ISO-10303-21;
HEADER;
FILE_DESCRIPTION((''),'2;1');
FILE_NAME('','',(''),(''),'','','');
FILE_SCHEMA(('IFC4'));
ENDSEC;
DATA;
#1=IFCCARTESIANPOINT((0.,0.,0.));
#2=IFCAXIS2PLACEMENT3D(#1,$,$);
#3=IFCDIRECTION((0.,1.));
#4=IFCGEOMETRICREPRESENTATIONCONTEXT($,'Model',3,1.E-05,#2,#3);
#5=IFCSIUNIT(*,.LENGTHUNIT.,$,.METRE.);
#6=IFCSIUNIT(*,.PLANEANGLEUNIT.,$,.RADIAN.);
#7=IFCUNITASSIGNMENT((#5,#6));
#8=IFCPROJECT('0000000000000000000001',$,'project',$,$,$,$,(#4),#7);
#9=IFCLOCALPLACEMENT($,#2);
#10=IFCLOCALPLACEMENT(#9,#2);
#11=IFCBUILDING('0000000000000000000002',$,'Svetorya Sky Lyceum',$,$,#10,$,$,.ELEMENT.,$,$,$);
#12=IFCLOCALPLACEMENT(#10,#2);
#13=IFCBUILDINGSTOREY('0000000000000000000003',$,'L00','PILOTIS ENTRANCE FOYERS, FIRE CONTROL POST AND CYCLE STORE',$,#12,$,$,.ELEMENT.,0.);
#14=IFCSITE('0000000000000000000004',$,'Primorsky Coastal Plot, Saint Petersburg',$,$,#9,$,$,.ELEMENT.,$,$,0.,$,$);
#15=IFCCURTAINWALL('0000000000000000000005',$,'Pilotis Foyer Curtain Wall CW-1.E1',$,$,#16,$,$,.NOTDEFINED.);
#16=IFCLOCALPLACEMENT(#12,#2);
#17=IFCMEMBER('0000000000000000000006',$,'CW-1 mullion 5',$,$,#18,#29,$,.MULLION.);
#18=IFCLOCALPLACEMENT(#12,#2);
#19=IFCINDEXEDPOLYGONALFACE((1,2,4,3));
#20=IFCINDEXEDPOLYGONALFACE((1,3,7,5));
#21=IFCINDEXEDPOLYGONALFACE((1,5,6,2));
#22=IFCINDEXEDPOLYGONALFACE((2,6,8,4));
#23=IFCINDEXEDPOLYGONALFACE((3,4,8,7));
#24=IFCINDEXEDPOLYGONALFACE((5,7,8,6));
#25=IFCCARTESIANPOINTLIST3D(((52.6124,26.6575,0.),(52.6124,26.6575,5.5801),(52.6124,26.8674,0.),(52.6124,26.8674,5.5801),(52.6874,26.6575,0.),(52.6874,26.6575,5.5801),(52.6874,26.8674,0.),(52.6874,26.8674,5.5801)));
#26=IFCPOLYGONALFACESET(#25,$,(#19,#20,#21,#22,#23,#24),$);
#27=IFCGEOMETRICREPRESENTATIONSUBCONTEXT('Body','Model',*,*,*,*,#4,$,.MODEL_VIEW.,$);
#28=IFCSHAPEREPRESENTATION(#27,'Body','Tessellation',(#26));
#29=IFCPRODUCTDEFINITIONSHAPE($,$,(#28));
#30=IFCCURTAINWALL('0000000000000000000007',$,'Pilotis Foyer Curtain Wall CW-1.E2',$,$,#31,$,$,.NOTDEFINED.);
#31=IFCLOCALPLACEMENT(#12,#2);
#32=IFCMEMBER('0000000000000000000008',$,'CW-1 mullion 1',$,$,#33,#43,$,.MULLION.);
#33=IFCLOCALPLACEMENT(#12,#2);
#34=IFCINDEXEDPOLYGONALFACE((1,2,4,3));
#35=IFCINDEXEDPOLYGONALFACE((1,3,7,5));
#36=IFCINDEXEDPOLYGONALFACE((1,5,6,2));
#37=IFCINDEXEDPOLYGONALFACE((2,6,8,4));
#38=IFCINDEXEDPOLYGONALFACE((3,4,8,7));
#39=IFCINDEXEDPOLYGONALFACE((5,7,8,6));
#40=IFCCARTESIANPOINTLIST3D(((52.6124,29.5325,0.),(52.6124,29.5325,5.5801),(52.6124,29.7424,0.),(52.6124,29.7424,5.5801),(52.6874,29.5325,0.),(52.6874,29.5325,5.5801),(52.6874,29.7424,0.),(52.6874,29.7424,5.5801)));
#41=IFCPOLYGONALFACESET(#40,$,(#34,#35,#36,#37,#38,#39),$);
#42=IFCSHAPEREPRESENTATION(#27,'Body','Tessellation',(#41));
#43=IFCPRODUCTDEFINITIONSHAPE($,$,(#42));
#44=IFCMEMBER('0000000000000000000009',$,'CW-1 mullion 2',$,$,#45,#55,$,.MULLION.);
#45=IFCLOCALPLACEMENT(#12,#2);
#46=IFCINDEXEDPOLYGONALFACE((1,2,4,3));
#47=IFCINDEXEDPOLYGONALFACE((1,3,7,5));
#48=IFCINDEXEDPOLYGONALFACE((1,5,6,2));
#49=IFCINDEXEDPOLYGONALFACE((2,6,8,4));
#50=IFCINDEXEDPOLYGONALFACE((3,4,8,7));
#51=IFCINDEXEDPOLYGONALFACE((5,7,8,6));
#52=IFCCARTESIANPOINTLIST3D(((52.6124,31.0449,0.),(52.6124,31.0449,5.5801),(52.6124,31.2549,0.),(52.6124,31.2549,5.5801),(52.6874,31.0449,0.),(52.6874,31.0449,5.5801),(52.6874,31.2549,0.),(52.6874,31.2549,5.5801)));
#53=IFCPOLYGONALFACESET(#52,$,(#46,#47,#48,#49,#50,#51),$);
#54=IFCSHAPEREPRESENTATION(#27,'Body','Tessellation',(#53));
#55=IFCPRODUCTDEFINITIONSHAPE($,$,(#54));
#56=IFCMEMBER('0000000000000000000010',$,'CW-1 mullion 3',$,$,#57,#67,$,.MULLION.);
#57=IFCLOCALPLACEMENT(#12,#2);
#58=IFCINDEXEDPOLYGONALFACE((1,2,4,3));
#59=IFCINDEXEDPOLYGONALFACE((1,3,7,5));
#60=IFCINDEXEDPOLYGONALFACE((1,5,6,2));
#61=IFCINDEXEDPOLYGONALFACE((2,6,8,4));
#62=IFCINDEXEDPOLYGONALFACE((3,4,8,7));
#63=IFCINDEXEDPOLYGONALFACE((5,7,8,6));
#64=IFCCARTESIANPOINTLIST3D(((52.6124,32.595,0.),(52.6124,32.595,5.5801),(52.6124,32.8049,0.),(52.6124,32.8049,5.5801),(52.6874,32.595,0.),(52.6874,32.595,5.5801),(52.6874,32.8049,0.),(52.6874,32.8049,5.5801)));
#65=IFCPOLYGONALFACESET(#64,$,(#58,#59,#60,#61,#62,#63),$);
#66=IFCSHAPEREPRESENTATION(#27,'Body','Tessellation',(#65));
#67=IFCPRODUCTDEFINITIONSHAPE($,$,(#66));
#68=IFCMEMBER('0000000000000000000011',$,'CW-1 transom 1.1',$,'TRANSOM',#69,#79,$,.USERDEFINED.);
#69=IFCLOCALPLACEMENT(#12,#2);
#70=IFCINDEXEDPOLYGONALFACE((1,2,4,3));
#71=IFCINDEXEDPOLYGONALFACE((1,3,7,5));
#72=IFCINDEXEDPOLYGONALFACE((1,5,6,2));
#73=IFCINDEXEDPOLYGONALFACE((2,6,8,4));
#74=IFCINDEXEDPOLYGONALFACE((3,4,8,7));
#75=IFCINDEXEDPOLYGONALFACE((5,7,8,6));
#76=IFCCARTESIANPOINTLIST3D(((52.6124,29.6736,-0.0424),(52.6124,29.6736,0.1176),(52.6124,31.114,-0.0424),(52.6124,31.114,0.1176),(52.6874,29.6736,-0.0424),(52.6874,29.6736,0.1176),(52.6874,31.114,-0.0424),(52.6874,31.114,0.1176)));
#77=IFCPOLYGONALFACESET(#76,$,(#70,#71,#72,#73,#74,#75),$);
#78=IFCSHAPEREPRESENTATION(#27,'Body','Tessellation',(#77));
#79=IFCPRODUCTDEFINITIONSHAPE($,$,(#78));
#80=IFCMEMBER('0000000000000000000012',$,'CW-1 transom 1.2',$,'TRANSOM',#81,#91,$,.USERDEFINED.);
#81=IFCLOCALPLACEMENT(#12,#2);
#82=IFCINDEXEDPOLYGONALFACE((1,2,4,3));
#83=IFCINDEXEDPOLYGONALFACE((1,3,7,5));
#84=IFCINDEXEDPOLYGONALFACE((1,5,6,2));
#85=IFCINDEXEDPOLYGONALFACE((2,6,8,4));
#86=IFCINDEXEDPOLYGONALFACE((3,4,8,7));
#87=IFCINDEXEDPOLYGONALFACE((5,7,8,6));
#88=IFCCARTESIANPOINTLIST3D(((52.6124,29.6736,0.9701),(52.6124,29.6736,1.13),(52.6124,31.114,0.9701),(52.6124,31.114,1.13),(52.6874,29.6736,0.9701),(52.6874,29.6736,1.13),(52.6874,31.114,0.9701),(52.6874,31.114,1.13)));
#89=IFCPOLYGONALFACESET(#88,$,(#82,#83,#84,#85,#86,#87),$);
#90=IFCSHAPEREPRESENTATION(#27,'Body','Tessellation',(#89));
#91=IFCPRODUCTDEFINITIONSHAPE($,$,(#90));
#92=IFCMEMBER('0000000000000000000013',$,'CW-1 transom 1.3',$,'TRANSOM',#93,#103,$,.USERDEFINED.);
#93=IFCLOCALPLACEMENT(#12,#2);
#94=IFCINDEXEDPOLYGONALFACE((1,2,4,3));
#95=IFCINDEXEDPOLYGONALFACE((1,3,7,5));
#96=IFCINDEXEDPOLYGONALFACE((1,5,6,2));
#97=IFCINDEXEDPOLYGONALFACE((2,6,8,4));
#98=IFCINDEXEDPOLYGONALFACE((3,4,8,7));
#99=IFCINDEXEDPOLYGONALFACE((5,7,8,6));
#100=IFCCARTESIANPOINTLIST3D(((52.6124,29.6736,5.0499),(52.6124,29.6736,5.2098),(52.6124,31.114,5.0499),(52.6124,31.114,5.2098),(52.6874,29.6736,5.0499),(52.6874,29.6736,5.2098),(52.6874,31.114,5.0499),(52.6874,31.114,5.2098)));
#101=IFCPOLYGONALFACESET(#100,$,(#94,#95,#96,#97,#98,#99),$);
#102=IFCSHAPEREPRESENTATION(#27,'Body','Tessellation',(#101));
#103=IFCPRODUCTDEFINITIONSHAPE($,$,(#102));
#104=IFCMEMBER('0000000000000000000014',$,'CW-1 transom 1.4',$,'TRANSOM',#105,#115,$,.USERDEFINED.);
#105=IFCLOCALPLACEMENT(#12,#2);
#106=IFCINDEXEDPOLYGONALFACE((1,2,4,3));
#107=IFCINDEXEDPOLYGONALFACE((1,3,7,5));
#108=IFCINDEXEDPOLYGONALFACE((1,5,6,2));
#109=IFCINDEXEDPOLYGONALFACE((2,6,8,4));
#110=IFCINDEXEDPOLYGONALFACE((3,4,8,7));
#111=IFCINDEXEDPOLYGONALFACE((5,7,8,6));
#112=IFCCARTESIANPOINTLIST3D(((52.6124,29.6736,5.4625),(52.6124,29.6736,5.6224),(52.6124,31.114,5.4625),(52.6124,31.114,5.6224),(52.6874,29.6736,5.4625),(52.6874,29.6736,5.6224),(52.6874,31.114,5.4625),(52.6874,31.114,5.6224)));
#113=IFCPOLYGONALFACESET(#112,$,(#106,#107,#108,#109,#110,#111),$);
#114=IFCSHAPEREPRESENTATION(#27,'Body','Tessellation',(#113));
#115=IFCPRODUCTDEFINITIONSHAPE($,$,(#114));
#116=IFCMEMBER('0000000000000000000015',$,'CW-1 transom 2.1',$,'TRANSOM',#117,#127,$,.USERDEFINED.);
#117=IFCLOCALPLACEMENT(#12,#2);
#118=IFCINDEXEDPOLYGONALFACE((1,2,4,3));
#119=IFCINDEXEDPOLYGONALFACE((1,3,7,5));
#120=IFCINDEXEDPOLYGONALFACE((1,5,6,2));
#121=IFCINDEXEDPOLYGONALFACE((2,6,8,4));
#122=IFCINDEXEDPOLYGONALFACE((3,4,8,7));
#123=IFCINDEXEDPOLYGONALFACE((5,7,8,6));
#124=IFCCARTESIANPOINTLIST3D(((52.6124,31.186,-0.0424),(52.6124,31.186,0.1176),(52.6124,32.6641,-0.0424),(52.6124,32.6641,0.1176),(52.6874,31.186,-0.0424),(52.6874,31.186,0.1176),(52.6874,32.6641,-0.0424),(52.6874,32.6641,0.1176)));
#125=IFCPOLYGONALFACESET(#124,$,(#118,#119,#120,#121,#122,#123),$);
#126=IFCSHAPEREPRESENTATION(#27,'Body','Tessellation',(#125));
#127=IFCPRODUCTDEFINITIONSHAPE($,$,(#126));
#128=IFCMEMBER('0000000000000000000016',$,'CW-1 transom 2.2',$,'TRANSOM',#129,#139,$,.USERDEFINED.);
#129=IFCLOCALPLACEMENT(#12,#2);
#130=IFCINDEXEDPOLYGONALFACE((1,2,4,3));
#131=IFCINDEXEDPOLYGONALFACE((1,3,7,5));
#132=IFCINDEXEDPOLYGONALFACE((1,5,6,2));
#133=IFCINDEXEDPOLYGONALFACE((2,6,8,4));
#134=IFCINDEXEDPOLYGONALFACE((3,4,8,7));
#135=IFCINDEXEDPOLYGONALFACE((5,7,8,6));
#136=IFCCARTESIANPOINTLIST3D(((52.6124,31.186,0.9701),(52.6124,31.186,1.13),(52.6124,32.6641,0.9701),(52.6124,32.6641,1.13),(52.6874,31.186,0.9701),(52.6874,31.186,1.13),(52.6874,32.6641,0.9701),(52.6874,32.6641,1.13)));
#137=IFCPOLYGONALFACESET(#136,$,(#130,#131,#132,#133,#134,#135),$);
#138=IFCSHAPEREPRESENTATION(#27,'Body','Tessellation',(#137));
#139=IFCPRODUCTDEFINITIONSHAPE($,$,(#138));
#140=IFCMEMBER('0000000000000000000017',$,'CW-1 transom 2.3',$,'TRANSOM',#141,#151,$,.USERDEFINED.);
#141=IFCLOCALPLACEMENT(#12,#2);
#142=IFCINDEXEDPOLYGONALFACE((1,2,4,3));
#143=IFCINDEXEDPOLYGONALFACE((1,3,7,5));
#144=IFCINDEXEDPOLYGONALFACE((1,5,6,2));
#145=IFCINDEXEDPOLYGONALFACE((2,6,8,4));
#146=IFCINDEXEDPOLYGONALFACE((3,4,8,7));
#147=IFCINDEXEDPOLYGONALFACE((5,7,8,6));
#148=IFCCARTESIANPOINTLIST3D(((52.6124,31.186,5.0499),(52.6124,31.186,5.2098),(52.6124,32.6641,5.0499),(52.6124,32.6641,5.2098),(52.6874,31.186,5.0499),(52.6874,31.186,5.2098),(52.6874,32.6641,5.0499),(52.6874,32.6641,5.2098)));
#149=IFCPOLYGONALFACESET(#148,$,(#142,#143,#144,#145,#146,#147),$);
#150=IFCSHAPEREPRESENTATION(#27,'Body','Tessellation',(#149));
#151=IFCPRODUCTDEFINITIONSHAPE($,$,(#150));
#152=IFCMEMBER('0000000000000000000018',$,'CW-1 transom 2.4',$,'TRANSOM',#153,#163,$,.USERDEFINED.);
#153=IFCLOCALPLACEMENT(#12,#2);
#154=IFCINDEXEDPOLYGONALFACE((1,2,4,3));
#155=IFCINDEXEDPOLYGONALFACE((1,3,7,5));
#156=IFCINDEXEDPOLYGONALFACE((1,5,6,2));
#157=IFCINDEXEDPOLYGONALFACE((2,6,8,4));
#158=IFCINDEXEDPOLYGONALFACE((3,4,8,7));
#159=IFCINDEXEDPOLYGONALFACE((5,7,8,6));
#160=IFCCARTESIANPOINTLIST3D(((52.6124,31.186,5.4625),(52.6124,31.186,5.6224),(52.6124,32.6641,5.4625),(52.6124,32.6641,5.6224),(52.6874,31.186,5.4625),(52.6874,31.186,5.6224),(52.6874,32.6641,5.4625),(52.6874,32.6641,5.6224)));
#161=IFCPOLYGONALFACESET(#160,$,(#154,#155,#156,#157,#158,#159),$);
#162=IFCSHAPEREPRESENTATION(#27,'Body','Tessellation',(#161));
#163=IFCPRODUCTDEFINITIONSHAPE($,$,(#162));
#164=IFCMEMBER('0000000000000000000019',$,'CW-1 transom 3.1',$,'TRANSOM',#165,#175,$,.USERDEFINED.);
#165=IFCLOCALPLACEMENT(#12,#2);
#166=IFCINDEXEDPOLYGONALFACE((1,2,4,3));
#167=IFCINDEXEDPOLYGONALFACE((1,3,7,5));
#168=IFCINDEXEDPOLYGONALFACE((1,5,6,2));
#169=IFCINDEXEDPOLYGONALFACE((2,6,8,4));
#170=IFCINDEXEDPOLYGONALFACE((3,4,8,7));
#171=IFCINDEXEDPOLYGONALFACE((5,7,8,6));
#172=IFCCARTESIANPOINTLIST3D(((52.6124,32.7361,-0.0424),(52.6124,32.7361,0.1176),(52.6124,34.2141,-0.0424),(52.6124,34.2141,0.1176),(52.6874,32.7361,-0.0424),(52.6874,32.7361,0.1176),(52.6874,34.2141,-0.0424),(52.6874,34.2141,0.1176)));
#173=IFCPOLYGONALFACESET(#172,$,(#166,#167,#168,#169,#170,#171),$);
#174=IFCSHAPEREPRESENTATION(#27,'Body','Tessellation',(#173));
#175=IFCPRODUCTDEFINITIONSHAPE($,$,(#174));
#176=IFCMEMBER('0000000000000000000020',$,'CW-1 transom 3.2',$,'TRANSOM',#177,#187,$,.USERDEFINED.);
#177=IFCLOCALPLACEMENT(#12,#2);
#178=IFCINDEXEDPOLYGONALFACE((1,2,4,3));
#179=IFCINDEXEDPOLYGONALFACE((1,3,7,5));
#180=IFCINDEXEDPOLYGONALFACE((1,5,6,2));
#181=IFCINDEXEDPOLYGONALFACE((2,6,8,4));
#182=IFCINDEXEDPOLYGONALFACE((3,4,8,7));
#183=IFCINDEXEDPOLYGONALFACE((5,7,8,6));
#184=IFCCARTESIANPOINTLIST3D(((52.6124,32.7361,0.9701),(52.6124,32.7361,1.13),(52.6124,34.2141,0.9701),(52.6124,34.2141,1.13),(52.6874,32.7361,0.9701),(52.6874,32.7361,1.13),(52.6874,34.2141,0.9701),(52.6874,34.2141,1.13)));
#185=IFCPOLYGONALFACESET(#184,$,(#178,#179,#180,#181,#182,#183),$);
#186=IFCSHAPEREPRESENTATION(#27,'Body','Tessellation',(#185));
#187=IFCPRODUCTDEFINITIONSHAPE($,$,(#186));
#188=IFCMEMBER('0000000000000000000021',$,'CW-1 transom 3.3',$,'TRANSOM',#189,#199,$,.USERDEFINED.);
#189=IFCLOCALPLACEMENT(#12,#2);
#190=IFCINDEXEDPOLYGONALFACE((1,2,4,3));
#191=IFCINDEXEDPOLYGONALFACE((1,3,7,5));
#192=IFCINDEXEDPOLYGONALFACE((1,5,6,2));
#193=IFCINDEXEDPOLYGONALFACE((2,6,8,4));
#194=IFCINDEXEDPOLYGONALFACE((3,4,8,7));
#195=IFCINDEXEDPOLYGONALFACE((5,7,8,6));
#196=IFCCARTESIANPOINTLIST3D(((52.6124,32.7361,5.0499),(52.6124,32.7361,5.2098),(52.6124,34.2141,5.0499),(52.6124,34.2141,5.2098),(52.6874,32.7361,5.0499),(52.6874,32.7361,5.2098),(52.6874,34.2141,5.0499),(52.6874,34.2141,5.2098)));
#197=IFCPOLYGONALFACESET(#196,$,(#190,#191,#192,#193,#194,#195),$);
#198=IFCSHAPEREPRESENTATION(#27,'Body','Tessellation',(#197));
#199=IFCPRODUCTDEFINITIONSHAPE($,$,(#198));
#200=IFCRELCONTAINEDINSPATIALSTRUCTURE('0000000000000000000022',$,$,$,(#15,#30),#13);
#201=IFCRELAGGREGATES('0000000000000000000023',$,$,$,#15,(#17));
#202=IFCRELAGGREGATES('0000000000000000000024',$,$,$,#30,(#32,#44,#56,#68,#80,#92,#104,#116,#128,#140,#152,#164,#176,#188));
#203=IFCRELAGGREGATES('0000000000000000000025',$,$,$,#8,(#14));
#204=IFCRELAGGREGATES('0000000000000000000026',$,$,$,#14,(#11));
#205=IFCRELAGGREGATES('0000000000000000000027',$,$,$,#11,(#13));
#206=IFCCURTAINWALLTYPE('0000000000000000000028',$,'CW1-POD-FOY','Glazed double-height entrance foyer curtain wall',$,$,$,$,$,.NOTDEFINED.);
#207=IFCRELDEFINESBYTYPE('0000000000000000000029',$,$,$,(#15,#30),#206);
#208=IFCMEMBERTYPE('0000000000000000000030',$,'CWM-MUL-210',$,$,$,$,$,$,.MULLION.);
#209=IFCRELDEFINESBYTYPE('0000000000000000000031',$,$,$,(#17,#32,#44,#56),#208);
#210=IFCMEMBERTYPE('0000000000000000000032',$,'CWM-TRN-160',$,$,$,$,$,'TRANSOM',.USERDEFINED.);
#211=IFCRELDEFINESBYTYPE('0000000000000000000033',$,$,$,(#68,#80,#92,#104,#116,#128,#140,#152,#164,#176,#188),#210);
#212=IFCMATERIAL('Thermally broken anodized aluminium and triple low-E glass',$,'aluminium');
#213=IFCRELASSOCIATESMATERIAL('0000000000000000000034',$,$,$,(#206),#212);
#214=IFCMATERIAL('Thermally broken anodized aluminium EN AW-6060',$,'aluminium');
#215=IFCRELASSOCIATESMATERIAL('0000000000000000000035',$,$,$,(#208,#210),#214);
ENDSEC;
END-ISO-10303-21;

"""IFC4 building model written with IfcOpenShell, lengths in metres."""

from ifc_helpers import new_model, si_unit, direction, frame, origin, origin_2d, place, context, subcontext, project, spatial, rectangle, extrude, material, material_profile, profile_set, type_object, element, aggregate, save


model = new_model("IFC4")

# Units and contexts
model_context = context("Model", 3, precision=1e-05, world=origin(), true_north=direction((0.0, 1.0)))
body_context = subcontext(model_context, "Body", "Model", "MODEL_VIEW")
ifc_project = project(units=[si_unit("LENGTHUNIT", "METRE"), si_unit("PLANEANGLEUNIT", "RADIAN")], contexts=[model_context])

# Site, building, storey
site_placement = place(None, origin())
site = spatial("IfcSite", under=ifc_project, at=site_placement, Name="Primorsky Coastal Plot, Saint Petersburg", CompositionType="ELEMENT", RefElevation=0.0)
building_placement = place(site_placement, origin())
building = spatial("IfcBuilding", under=site, at=building_placement, Name="Svetorya Sky Lyceum", CompositionType="ELEMENT")
storey_placement = place(building_placement, origin())
storey = spatial("IfcBuildingStorey", under=building, at=storey_placement, Name="L00", Description="PILOTIS ENTRANCE FOYERS, FIRE CONTROL POST AND CYCLE STORE", CompositionType="ELEMENT", Elevation=0.0)

# Curtain wall, member
ifc_material_1 = material(Name="Thermally broken anodized aluminium and triple low-E glass", Category="aluminium")
curtain_wall_type = type_object("IfcCurtainWallType", Name="CW1-POD-FOY", Description="Glazed double-height entrance foyer curtain wall", PredefinedType="NOTDEFINED", material=ifc_material_1)
curtain_wall_1_placement = place(storey_placement, origin())
curtain_wall_1 = element("IfcCurtainWall", 1, at=curtain_wall_1_placement, inside=storey, type_object=curtain_wall_type, Name="Pilotis Foyer Curtain Wall CW-1.E1", PredefinedType="NOTDEFINED")
ifc_material_2 = material(Name="Thermally broken anodized aluminium EN AW-6060", Category="aluminium")
ifc_material_profile_1 = material_profile(ifc_material_2, rectangle(XDim=0.075, YDim=0.21, at=origin_2d()), Name="ALU MULLION 75x210")
ifc_profile_set_1 = profile_set([ifc_material_profile_1], Name="Thermally broken anodized aluminium EN AW-6060")
member_type_1 = type_object("IfcMemberType", Name="CWM-MUL-210", PredefinedType="MULLION", material=ifc_profile_set_1)
member_1_placement = place(storey_placement, frame((52.6499, 26.7625, 0.0), z_axis=(0.0, 0.0, 1.0), x_axis=(-1.0, 0.0, 0.0)))
member_1 = element("IfcMember", 2, at=member_1_placement, type_object=member_type_1, Name="CW-1 mullion 5", PredefinedType="MULLION", context=body_context, shape_type="SweptSolid", body=[
    extrude(rectangle(XDim=0.075, YDim=0.21, at=origin_2d()), origin(), (0.0, 0.0, 1.0), 5.5801),
])

# Curtain wall, members
curtain_wall_2_placement = place(storey_placement, origin())
curtain_wall_2 = element("IfcCurtainWall", 3, at=curtain_wall_2_placement, inside=storey, type_object=curtain_wall_type, Name="Pilotis Foyer Curtain Wall CW-1.E2", PredefinedType="NOTDEFINED")
member_2_placement = place(storey_placement, frame((52.6499, 29.6375, 0.0), z_axis=(0.0, 0.0, 1.0), x_axis=(-1.0, 0.0, 0.0)))
member_2 = element("IfcMember", 4, at=member_2_placement, type_object=member_type_1, Name="CW-1 mullion 1", PredefinedType="MULLION", context=body_context, shape_type="SweptSolid", body=[
    extrude(rectangle(XDim=0.075, YDim=0.21, at=origin_2d()), origin(), (0.0, 0.0, 1.0), 5.5801),
])
member_3_placement = place(storey_placement, frame((52.6499, 31.1499, 0.0), z_axis=(0.0, 0.0, 1.0), x_axis=(-1.0, 0.0, 0.0)))
member_3 = element("IfcMember", 5, at=member_3_placement, type_object=member_type_1, Name="CW-1 mullion 2", PredefinedType="MULLION", context=body_context, shape_type="SweptSolid", body=[
    extrude(rectangle(XDim=0.075, YDim=0.21, at=origin_2d()), origin(), (0.0, 0.0, 1.0), 5.5801),
])
member_4_placement = place(storey_placement, frame((52.6499, 32.7, 0.0), z_axis=(0.0, 0.0, 1.0), x_axis=(-1.0, 0.0, 0.0)))
member_4 = element("IfcMember", 6, at=member_4_placement, type_object=member_type_1, Name="CW-1 mullion 3", PredefinedType="MULLION", context=body_context, shape_type="SweptSolid", body=[
    extrude(rectangle(XDim=0.075, YDim=0.21, at=origin_2d()), origin(), (0.0, 0.0, 1.0), 5.5801),
])
ifc_material_profile_2 = material_profile(ifc_material_2, rectangle(XDim=0.075, YDim=0.1599, at=origin_2d()), Name="ALU TRANSOM 75x160")
ifc_profile_set_2 = profile_set([ifc_material_profile_2], Name="Thermally broken anodized aluminium EN AW-6060")
member_type_2 = type_object("IfcMemberType", Name="CWM-TRN-160", ElementType="TRANSOM", PredefinedType="USERDEFINED", material=ifc_profile_set_2)
member_5_placement = place(storey_placement, frame((52.6499, 29.6736, 0.0376), z_axis=(0.0, 1.0, 0.0), x_axis=(-1.0, 0.0, 0.0)))
member_5 = element("IfcMember", 7, at=member_5_placement, type_object=member_type_2, Name="CW-1 transom 1.1", ObjectType="TRANSOM", PredefinedType="USERDEFINED", context=body_context, shape_type="SweptSolid", body=[
    extrude(rectangle(XDim=0.075, YDim=0.1599, at=origin_2d()), origin(), (0.0, 0.0, 1.0), 1.4404),
])
member_6_placement = place(storey_placement, frame((52.6499, 29.6736, 1.05), z_axis=(0.0, 1.0, 0.0), x_axis=(-1.0, 0.0, 0.0)))
member_6 = element("IfcMember", 8, at=member_6_placement, type_object=member_type_2, Name="CW-1 transom 1.2", ObjectType="TRANSOM", PredefinedType="USERDEFINED", context=body_context, shape_type="SweptSolid", body=[
    extrude(rectangle(XDim=0.075, YDim=0.1599, at=origin_2d()), origin(), (0.0, 0.0, 1.0), 1.4404),
])
member_7_placement = place(storey_placement, frame((52.6499, 29.6736, 5.1299), z_axis=(0.0, 1.0, 0.0), x_axis=(-1.0, 0.0, 0.0)))
member_7 = element("IfcMember", 9, at=member_7_placement, type_object=member_type_2, Name="CW-1 transom 1.3", ObjectType="TRANSOM", PredefinedType="USERDEFINED", context=body_context, shape_type="SweptSolid", body=[
    extrude(rectangle(XDim=0.075, YDim=0.1599, at=origin_2d()), origin(), (0.0, 0.0, 1.0), 1.4404),
])
member_8_placement = place(storey_placement, frame((52.6499, 29.6736, 5.5425), z_axis=(0.0, 1.0, 0.0), x_axis=(-1.0, 0.0, 0.0)))
member_8 = element("IfcMember", 10, at=member_8_placement, type_object=member_type_2, Name="CW-1 transom 1.4", ObjectType="TRANSOM", PredefinedType="USERDEFINED", context=body_context, shape_type="SweptSolid", body=[
    extrude(rectangle(XDim=0.075, YDim=0.1599, at=origin_2d()), origin(), (0.0, 0.0, 1.0), 1.4404),
])
member_9_placement = place(storey_placement, frame((52.6499, 31.186, 0.0376), z_axis=(0.0, 1.0, 0.0), x_axis=(-1.0, 0.0, 0.0)))
member_9 = element("IfcMember", 11, at=member_9_placement, type_object=member_type_2, Name="CW-1 transom 2.1", ObjectType="TRANSOM", PredefinedType="USERDEFINED", context=body_context, shape_type="SweptSolid", body=[
    extrude(rectangle(XDim=0.075, YDim=0.1599, at=origin_2d()), origin(), (0.0, 0.0, 1.0), 1.478),
])
member_10_placement = place(storey_placement, frame((52.6499, 31.186, 1.05), z_axis=(0.0, 1.0, 0.0), x_axis=(-1.0, 0.0, 0.0)))
member_10 = element("IfcMember", 12, at=member_10_placement, type_object=member_type_2, Name="CW-1 transom 2.2", ObjectType="TRANSOM", PredefinedType="USERDEFINED", context=body_context, shape_type="SweptSolid", body=[
    extrude(rectangle(XDim=0.075, YDim=0.1599, at=origin_2d()), origin(), (0.0, 0.0, 1.0), 1.478),
])
member_11_placement = place(storey_placement, frame((52.6499, 31.186, 5.1299), z_axis=(0.0, 1.0, 0.0), x_axis=(-1.0, 0.0, 0.0)))
member_11 = element("IfcMember", 13, at=member_11_placement, type_object=member_type_2, Name="CW-1 transom 2.3", ObjectType="TRANSOM", PredefinedType="USERDEFINED", context=body_context, shape_type="SweptSolid", body=[
    extrude(rectangle(XDim=0.075, YDim=0.1599, at=origin_2d()), origin(), (0.0, 0.0, 1.0), 1.478),
])
member_12_placement = place(storey_placement, frame((52.6499, 31.186, 5.5425), z_axis=(0.0, 1.0, 0.0), x_axis=(-1.0, 0.0, 0.0)))
member_12 = element("IfcMember", 14, at=member_12_placement, type_object=member_type_2, Name="CW-1 transom 2.4", ObjectType="TRANSOM", PredefinedType="USERDEFINED", context=body_context, shape_type="SweptSolid", body=[
    extrude(rectangle(XDim=0.075, YDim=0.1599, at=origin_2d()), origin(), (0.0, 0.0, 1.0), 1.478),
])
member_13_placement = place(storey_placement, frame((52.6499, 32.7361, 0.0376), z_axis=(0.0, 1.0, 0.0), x_axis=(-1.0, 0.0, 0.0)))
member_13 = element("IfcMember", 15, at=member_13_placement, type_object=member_type_2, Name="CW-1 transom 3.1", ObjectType="TRANSOM", PredefinedType="USERDEFINED", context=body_context, shape_type="SweptSolid", body=[
    extrude(rectangle(XDim=0.075, YDim=0.1599, at=origin_2d()), origin(), (0.0, 0.0, 1.0), 1.478),
])
member_14_placement = place(storey_placement, frame((52.6499, 32.7361, 1.05), z_axis=(0.0, 1.0, 0.0), x_axis=(-1.0, 0.0, 0.0)))
member_14 = element("IfcMember", 16, at=member_14_placement, type_object=member_type_2, Name="CW-1 transom 3.2", ObjectType="TRANSOM", PredefinedType="USERDEFINED", context=body_context, shape_type="SweptSolid", body=[
    extrude(rectangle(XDim=0.075, YDim=0.1599, at=origin_2d()), origin(), (0.0, 0.0, 1.0), 1.478),
])
member_15_placement = place(storey_placement, frame((52.6499, 32.7361, 5.1299), z_axis=(0.0, 1.0, 0.0), x_axis=(-1.0, 0.0, 0.0)))
member_15 = element("IfcMember", 17, at=member_15_placement, type_object=member_type_2, Name="CW-1 transom 3.3", ObjectType="TRANSOM", PredefinedType="USERDEFINED", context=body_context, shape_type="SweptSolid", body=[
    extrude(rectangle(XDim=0.075, YDim=0.1599, at=origin_2d()), origin(), (0.0, 0.0, 1.0), 1.478),
])

aggregate(curtain_wall_1, [member_1])
aggregate(curtain_wall_2, [member_2, member_3, member_4, member_5, member_6, member_7, member_8, member_9, member_10, member_11, member_12, member_13, member_14, member_15])

save(model, "model.ifc")
